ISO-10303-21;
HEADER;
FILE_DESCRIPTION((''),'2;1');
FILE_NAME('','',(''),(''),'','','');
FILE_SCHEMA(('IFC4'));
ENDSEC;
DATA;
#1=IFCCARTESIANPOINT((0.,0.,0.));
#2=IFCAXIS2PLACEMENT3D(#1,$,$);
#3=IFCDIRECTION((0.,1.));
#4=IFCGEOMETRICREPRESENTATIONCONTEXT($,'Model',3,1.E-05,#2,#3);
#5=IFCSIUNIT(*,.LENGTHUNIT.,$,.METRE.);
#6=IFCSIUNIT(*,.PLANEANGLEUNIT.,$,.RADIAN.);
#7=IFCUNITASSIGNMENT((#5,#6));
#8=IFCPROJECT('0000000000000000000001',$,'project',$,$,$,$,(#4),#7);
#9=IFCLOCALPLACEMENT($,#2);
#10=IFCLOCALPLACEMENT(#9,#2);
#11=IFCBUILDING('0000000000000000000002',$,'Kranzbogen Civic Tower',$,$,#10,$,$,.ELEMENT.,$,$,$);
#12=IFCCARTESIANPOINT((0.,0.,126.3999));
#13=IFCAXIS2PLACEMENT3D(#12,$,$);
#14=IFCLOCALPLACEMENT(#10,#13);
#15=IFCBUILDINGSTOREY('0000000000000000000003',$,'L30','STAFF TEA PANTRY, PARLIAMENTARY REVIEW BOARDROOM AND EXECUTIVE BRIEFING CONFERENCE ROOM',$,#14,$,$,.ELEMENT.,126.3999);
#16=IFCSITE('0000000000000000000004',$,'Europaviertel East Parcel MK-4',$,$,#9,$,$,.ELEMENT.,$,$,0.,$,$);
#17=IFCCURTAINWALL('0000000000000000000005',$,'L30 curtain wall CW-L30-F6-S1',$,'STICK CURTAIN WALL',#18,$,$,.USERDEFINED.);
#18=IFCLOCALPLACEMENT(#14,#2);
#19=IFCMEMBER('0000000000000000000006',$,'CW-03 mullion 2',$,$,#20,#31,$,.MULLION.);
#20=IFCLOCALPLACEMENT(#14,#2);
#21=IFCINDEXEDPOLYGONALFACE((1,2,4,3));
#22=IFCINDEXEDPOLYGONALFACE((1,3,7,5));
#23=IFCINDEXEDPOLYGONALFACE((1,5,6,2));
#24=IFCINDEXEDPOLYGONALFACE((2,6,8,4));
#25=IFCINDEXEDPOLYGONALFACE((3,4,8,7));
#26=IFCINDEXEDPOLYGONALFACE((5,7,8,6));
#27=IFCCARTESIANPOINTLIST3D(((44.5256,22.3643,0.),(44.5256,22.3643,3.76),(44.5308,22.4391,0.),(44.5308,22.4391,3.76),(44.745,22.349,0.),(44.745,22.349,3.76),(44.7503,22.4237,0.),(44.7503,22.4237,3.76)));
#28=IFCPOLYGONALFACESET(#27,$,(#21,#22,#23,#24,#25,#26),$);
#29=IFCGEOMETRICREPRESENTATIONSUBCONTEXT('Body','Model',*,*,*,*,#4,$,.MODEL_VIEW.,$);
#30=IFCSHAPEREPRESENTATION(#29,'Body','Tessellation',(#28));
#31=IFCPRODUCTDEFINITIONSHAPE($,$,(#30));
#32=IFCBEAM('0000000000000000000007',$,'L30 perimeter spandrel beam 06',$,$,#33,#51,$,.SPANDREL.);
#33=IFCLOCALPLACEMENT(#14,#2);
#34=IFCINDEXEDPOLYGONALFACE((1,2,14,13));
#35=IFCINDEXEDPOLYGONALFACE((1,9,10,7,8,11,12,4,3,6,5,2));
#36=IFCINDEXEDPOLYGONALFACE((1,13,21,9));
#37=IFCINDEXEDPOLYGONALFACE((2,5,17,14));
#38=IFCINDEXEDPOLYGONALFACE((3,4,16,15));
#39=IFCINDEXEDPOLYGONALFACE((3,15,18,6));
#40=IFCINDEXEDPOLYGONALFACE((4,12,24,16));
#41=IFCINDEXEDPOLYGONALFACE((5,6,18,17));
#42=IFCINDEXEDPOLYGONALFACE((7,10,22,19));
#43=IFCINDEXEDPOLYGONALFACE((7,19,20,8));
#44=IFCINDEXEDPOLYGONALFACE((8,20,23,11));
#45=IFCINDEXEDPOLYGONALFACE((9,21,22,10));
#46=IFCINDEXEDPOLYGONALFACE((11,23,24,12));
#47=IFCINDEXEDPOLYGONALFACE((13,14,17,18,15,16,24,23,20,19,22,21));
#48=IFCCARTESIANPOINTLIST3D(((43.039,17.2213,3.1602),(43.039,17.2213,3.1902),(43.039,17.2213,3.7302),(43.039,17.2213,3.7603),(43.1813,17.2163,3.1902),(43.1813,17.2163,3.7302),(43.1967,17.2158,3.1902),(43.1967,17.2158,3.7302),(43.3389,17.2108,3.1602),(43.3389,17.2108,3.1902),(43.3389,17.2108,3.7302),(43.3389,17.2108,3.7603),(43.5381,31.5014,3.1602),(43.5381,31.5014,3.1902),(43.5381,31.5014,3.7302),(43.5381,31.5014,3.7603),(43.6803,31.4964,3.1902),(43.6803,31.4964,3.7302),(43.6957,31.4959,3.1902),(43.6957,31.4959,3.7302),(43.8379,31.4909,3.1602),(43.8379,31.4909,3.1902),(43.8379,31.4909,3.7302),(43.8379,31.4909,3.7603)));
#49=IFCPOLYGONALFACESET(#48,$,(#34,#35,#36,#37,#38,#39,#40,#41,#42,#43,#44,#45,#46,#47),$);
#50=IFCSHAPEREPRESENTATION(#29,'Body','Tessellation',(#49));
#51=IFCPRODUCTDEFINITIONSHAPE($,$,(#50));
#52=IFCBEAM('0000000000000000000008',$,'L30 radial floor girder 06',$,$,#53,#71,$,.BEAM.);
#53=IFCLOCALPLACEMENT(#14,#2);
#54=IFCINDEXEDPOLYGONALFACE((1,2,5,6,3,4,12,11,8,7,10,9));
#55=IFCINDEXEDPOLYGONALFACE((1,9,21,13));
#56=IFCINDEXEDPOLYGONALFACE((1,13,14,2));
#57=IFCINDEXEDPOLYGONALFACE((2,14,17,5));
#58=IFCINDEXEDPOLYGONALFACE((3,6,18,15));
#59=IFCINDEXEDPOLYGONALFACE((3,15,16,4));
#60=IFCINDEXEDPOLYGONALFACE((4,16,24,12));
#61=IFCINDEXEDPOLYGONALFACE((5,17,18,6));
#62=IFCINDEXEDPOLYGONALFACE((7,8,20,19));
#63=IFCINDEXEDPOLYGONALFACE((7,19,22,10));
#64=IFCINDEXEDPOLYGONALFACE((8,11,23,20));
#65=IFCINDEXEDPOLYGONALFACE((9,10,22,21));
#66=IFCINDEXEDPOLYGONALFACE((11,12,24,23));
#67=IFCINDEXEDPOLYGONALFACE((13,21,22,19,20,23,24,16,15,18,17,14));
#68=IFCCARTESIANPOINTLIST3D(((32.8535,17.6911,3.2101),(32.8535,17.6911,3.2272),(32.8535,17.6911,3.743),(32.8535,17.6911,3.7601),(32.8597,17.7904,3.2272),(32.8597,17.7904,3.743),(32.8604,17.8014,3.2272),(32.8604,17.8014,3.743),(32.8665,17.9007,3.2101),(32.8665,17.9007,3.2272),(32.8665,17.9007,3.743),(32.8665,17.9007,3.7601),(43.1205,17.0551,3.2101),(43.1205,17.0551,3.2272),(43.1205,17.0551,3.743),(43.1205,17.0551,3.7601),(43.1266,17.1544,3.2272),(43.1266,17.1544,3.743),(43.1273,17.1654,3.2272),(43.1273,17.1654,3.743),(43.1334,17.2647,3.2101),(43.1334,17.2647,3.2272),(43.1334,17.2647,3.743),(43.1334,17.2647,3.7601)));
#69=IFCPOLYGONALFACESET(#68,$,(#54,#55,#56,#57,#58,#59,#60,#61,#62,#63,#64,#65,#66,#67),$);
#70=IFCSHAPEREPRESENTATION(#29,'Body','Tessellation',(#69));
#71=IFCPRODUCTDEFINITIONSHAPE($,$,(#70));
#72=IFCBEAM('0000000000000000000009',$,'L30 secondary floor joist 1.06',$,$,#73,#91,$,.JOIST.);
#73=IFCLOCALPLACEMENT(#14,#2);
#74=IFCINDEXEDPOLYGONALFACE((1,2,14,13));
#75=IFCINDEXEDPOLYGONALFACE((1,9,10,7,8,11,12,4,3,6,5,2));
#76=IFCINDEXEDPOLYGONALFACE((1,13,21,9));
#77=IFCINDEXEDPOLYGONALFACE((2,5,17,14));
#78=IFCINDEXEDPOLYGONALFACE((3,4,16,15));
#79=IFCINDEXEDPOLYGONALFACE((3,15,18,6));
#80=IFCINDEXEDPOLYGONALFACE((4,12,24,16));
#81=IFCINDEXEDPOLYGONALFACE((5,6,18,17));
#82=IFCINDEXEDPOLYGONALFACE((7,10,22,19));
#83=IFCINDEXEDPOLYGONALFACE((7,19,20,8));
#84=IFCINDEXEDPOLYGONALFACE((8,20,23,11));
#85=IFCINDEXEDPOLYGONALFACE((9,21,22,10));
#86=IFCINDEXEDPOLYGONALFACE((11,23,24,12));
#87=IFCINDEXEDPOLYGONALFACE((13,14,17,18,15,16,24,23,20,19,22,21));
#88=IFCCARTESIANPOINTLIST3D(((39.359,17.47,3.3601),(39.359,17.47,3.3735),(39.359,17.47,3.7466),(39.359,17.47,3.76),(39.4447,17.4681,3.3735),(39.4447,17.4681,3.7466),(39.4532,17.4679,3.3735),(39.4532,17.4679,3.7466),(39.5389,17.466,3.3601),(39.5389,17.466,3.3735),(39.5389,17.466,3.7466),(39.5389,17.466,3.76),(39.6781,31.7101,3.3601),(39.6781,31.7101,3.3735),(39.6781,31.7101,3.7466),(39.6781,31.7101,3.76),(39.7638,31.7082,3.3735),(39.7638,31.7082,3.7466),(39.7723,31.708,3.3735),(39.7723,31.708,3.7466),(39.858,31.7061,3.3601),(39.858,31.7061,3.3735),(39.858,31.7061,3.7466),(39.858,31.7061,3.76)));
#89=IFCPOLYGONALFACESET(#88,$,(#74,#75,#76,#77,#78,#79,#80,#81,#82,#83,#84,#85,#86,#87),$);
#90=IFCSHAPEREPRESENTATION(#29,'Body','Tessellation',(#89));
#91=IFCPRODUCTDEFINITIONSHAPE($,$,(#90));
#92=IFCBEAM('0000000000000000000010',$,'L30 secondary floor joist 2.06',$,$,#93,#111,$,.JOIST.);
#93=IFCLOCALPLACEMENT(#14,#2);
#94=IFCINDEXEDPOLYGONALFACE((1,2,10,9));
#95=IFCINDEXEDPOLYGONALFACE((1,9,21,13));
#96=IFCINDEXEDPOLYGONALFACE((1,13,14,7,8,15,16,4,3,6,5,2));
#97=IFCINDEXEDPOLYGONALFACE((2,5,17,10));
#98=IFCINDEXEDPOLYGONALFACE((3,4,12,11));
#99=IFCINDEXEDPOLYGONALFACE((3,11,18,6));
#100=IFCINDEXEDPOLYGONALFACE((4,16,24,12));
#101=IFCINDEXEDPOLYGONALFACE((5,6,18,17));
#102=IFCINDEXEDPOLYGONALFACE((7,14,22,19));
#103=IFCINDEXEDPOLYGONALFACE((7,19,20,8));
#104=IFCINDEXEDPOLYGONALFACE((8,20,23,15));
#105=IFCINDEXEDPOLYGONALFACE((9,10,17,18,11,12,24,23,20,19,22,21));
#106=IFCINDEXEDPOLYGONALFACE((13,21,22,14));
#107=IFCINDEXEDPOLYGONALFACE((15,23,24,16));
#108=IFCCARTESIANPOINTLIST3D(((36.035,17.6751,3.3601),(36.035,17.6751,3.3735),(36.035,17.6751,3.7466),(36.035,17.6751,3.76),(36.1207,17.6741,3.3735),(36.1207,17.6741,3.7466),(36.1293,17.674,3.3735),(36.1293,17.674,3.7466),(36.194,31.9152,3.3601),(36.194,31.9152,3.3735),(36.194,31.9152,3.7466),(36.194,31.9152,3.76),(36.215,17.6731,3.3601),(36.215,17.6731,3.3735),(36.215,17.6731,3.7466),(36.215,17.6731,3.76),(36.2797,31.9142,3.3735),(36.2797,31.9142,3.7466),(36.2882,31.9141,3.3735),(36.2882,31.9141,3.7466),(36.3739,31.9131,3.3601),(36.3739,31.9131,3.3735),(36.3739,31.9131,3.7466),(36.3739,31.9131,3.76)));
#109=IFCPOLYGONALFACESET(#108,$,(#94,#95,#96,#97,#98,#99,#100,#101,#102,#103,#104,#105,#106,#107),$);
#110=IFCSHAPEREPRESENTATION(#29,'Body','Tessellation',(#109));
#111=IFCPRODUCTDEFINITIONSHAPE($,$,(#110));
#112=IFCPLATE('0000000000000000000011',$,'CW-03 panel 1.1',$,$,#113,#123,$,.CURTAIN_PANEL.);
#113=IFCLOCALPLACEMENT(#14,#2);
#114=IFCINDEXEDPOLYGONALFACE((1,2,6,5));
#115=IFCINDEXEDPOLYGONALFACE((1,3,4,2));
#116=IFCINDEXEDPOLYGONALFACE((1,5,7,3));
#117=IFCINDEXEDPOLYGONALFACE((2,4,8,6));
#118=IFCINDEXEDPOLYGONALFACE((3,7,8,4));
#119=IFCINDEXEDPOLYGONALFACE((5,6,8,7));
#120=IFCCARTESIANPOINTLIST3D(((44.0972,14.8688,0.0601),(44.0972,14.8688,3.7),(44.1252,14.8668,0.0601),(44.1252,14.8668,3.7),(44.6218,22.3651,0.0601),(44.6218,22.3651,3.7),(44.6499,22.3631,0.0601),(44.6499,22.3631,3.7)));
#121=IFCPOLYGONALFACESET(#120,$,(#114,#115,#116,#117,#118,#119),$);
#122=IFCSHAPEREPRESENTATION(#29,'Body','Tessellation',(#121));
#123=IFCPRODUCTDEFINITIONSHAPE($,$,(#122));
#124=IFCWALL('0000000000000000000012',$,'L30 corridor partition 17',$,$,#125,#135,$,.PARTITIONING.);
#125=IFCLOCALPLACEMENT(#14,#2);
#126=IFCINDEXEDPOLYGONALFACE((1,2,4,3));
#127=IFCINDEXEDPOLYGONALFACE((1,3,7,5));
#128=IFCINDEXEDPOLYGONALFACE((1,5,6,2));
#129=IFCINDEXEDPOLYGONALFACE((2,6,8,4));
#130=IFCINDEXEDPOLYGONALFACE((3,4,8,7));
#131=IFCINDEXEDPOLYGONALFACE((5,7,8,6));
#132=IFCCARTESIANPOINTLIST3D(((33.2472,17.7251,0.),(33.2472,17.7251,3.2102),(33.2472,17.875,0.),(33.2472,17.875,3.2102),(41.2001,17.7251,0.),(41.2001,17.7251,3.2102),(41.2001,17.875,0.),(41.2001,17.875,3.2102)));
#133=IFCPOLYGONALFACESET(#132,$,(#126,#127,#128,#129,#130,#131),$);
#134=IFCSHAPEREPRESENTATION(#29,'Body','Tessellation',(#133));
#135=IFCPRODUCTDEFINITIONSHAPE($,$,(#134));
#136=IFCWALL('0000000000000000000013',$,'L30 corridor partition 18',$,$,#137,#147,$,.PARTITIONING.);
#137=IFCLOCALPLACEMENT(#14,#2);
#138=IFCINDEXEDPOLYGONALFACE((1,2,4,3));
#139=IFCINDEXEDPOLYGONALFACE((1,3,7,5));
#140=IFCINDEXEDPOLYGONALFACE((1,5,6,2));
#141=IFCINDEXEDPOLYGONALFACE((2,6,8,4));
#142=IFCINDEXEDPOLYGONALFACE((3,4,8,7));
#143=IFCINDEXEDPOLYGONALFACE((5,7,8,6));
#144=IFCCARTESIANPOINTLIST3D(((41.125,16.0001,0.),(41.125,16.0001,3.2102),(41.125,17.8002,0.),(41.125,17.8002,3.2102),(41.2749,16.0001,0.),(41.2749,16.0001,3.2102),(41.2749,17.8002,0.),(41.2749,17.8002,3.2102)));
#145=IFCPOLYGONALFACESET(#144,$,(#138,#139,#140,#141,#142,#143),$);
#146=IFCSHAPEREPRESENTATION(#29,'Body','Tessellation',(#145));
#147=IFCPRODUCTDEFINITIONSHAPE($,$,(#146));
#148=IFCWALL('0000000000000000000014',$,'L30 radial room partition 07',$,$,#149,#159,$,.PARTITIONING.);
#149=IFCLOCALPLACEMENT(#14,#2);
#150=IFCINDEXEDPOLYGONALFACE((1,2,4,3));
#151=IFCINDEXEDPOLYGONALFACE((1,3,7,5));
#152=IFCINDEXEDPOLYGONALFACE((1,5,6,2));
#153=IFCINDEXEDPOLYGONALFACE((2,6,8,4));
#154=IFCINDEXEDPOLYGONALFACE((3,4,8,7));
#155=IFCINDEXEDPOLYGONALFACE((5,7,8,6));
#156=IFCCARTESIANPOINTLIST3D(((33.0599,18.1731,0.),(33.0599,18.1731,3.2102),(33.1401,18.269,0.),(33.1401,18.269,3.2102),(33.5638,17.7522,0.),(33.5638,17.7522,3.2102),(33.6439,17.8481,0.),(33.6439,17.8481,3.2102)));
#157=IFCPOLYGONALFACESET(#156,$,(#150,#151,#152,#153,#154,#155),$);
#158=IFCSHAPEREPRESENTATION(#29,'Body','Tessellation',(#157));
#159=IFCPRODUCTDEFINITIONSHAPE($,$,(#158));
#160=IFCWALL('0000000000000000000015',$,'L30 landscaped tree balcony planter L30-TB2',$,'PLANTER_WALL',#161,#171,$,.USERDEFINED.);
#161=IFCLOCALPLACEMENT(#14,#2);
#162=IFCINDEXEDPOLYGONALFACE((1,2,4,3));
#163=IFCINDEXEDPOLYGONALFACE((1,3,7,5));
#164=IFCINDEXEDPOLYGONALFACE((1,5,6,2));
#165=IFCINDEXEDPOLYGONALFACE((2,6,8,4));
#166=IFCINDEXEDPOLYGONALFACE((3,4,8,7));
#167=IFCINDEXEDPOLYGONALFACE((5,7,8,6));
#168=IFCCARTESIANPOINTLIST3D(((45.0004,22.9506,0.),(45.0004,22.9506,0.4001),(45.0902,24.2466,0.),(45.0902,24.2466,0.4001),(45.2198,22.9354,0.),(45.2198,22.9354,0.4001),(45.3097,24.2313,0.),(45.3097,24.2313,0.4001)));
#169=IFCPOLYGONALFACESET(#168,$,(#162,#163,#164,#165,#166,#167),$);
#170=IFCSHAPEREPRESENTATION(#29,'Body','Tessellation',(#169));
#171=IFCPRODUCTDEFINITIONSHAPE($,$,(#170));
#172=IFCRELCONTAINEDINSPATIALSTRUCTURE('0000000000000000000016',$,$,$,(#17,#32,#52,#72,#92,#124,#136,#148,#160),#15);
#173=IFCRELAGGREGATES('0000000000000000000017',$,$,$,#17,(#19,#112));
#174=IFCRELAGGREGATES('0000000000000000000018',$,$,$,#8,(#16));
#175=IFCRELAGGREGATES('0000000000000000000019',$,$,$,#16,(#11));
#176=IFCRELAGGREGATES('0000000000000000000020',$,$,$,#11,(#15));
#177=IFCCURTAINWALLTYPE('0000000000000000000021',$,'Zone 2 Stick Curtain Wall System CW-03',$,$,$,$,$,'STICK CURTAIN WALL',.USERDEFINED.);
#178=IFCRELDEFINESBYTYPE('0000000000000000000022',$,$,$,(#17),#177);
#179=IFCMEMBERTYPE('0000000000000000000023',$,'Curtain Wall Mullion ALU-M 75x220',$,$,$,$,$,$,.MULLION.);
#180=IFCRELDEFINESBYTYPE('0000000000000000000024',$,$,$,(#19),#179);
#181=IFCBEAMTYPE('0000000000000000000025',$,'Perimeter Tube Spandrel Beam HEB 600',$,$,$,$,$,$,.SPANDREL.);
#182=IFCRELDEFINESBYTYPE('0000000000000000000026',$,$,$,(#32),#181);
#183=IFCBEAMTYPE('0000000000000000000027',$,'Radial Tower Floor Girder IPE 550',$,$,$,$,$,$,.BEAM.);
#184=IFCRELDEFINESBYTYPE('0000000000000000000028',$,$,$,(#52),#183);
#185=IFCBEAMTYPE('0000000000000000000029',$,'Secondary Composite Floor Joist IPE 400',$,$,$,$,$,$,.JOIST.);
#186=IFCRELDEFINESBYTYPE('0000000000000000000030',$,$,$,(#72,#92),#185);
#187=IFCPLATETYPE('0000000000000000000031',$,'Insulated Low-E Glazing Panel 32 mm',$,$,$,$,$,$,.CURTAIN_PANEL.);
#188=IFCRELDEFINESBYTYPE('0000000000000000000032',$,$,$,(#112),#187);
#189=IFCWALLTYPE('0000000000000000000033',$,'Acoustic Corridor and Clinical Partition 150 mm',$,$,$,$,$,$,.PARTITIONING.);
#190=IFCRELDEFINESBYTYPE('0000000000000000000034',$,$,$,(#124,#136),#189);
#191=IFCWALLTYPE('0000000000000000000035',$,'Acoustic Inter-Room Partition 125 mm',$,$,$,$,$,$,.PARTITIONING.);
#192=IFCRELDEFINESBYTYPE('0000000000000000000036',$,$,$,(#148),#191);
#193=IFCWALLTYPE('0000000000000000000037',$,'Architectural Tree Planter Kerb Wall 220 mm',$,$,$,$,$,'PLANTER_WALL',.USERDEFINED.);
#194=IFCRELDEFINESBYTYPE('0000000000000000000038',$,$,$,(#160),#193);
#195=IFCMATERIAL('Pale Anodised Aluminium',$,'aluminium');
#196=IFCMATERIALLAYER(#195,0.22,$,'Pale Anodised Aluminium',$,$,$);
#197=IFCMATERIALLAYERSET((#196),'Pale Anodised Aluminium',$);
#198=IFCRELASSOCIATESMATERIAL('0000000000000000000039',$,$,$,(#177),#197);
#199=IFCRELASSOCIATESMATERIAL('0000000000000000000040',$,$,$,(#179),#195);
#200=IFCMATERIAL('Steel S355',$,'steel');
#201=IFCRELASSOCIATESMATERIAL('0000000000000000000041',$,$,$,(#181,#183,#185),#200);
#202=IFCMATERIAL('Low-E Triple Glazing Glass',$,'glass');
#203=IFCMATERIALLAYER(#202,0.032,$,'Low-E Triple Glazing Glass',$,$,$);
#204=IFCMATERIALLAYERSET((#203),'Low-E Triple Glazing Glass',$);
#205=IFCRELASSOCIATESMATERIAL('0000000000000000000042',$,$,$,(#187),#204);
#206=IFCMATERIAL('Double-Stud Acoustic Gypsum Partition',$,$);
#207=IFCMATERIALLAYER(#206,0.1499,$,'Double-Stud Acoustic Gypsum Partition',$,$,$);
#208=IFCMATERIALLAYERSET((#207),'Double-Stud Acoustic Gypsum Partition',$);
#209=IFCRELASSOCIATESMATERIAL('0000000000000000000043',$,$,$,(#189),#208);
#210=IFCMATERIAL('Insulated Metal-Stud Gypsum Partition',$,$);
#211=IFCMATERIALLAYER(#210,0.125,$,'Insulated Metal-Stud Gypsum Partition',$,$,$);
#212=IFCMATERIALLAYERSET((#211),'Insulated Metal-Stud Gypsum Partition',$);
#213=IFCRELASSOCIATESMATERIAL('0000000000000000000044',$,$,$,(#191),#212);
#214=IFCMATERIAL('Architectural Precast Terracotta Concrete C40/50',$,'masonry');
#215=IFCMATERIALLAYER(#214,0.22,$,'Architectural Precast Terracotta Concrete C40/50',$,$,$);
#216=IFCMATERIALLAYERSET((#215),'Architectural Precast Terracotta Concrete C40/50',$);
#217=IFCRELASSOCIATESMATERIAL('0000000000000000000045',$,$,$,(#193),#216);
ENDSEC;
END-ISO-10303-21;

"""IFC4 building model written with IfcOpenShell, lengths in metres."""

from ifc_helpers import new_model, si_unit, direction, frame, frame_2d, origin, origin_2d, place, context, subcontext, project, spatial, rectangle, i_section, extrude, material, layer, layer_set, material_profile, profile_set, type_object, element, aggregate, save


model = new_model("IFC4")

# Units and contexts
model_context = context("Model", 3, precision=1e-05, world=origin(), true_north=direction((0.0, 1.0)))
body_context = subcontext(model_context, "Body", "Model", "MODEL_VIEW")
ifc_project = project(units=[si_unit("LENGTHUNIT", "METRE"), si_unit("PLANEANGLEUNIT", "RADIAN")], contexts=[model_context])

# Site, building, storey
site_placement = place(None, origin())
site = spatial("IfcSite", under=ifc_project, at=site_placement, Name="Europaviertel East Parcel MK-4", CompositionType="ELEMENT", RefElevation=0.0)
building_placement = place(site_placement, origin())
building = spatial("IfcBuilding", under=site, at=building_placement, Name="Kranzbogen Civic Tower", CompositionType="ELEMENT")
storey_placement = place(building_placement, frame((0.0, 0.0, 126.3999)))
storey = spatial("IfcBuildingStorey", under=building, at=storey_placement, Name="L30", Description="STAFF TEA PANTRY, PARLIAMENTARY REVIEW BOARDROOM AND EXECUTIVE BRIEFING CONFERENCE ROOM", CompositionType="ELEMENT", Elevation=126.3999)

# Curtain wall, member
ifc_material_1 = material(Name="Pale Anodised Aluminium", Category="aluminium")
ifc_layer_1 = layer(ifc_material_1, 0.22, Name="Pale Anodised Aluminium")
ifc_layer_set_1 = layer_set([ifc_layer_1], Name="Pale Anodised Aluminium")
curtain_wall_type = type_object("IfcCurtainWallType", Name="Zone 2 Stick Curtain Wall System CW-03", ElementType="STICK CURTAIN WALL", PredefinedType="USERDEFINED", material=ifc_layer_set_1)
curtain_wall_placement = place(storey_placement, origin())
curtain_wall = element("IfcCurtainWall", 1, at=curtain_wall_placement, inside=storey, type_object=curtain_wall_type, Name="L30 curtain wall CW-L30-F6-S1", ObjectType="STICK CURTAIN WALL", PredefinedType="USERDEFINED")
ifc_material_profile_1 = material_profile(ifc_material_1, rectangle(XDim=0.075, YDim=0.22, at=origin_2d()), Name="ALU-M 75x220")
ifc_profile_set_1 = profile_set([ifc_material_profile_1], Name="Pale Anodised Aluminium")
member_type = type_object("IfcMemberType", Name="Curtain Wall Mullion ALU-M 75x220", PredefinedType="MULLION", material=ifc_profile_set_1)
member_placement = place(storey_placement, frame((44.6379, 22.394, 0.0), z_axis=(0.0, 0.0, 1.0), x_axis=(0.069813, 0.99756, 0.0)))
member = element("IfcMember", 2, at=member_placement, type_object=member_type, Name="CW-03 mullion 2", PredefinedType="MULLION", context=body_context, shape_type="SweptSolid", body=[
    extrude(rectangle(XDim=0.075, YDim=0.22, at=origin_2d()), origin(), (0.0, 0.0, 1.0), 3.76),
])

# Beams
ifc_material_2 = material(Name="Steel S355", Category="steel")
ifc_material_profile_2 = material_profile(ifc_material_2, i_section(OverallWidth=0.3, OverallDepth=0.6001, WebThickness=0.0154, FlangeThickness=0.03, at=origin_2d()), Name="HEB 600")
ifc_profile_set_2 = profile_set([ifc_material_profile_2], Name="Steel S355")
beam_type_1 = type_object("IfcBeamType", Name="Perimeter Tube Spandrel Beam HEB 600", PredefinedType="SPANDREL", material=ifc_profile_set_2)
beam_1_placement = place(storey_placement, frame((43.189, 17.2161, 3.4602), z_axis=(0.034924, 0.99939, 0.0), x_axis=(-0.99939, 0.034924, 0.0)))
element("IfcBeam", 3, at=beam_1_placement, inside=storey, type_object=beam_type_1, Name="L30 perimeter spandrel beam 06", PredefinedType="SPANDREL", context=body_context, shape_type="SweptSolid", body=[
    extrude(i_section(OverallWidth=0.3, OverallDepth=0.6001, WebThickness=0.0154, FlangeThickness=0.03, at=origin_2d()), origin(), (0.0, 0.0, 1.0), 14.2888),
])
ifc_material_profile_3 = material_profile(ifc_material_2, i_section(OverallWidth=0.21, OverallDepth=0.55, WebThickness=0.011, FlangeThickness=0.0171, at=origin_2d()), Name="IPE 550")
ifc_profile_set_3 = profile_set([ifc_material_profile_3], Name="Steel S355")
beam_type_2 = type_object("IfcBeamType", Name="Radial Tower Floor Girder IPE 550", PredefinedType="BEAM", material=ifc_profile_set_3)
beam_2_placement = place(storey_placement, frame((43.127, 17.1599, 3.4851), z_axis=(-0.998087, 0.061827, 0.0), x_axis=(-0.061827, -0.998087, 0.0)))
element("IfcBeam", 4, at=beam_2_placement, inside=storey, type_object=beam_type_2, Name="L30 radial floor girder 06", PredefinedType="BEAM", context=body_context, shape_type="SweptSolid", body=[
    extrude(i_section(OverallWidth=0.21, OverallDepth=0.55, WebThickness=0.011, FlangeThickness=0.0171, at=origin_2d()), origin(), (0.0, 0.0, 1.0), 10.2866),
])
ifc_material_profile_4 = material_profile(ifc_material_2, i_section(OverallWidth=0.1799, OverallDepth=0.3999, WebThickness=0.0085, FlangeThickness=0.0134, at=origin_2d()), Name="IPE 400")
ifc_profile_set_4 = profile_set([ifc_material_profile_4], Name="Steel S355")
beam_type_3 = type_object("IfcBeamType", Name="Secondary Composite Floor Joist IPE 400", PredefinedType="JOIST", material=ifc_profile_set_4)
beam_3_placement = place(storey_placement, frame((39.449, 17.468, 3.5601), z_axis=(0.022403, 0.999749, 0.0), x_axis=(-0.999749, 0.022403, 0.0)))
element("IfcBeam", 5, at=beam_3_placement, inside=storey, type_object=beam_type_3, Name="L30 secondary floor joist 1.06", PredefinedType="JOIST", context=body_context, shape_type="SweptSolid", body=[
    extrude(i_section(OverallWidth=0.1799, OverallDepth=0.3999, WebThickness=0.0085, FlangeThickness=0.0134, at=origin_2d()), origin(), (0.0, 0.0, 1.0), 14.2437),
])
beam_4_placement = place(storey_placement, frame((36.125, 17.6741, 3.5601), z_axis=(0.011161, 0.999938, 0.0), x_axis=(-0.999938, 0.011161, 0.0)))
element("IfcBeam", 6, at=beam_4_placement, inside=storey, type_object=beam_type_3, Name="L30 secondary floor joist 2.06", PredefinedType="JOIST", context=body_context, shape_type="SweptSolid", body=[
    extrude(i_section(OverallWidth=0.1799, OverallDepth=0.3999, WebThickness=0.0085, FlangeThickness=0.0134, at=origin_2d()), origin(), (0.0, 0.0, 1.0), 14.241),
])

# Plate
ifc_material_3 = material(Name="Low-E Triple Glazing Glass", Category="glass")
ifc_layer_2 = layer(ifc_material_3, 0.032, Name="Low-E Triple Glazing Glass")
ifc_layer_set_2 = layer_set([ifc_layer_2], Name="Low-E Triple Glazing Glass")
plate_type = type_object("IfcPlateType", Name="Insulated Low-E Glazing Panel 32 mm", PredefinedType="CURTAIN_PANEL", material=ifc_layer_set_2)
plate_placement = place(storey_placement, frame((44.3735, 18.616, 0.0601), z_axis=(0.0, 0.0, 1.0), x_axis=(0.069813, 0.99756, 0.0)))
plate = element("IfcPlate", 7, at=plate_placement, type_object=plate_type, Name="CW-03 panel 1.1", PredefinedType="CURTAIN_PANEL", context=body_context, shape_type="SweptSolid", body=[
    extrude(rectangle(XDim=7.5146, YDim=0.0281, at=origin_2d()), origin(), (0.0, 0.0, 1.0), 3.6399),
])
aggregate(curtain_wall, [member, plate])

# Walls
ifc_material_4 = material(Name="Double-Stud Acoustic Gypsum Partition")
ifc_layer_3 = layer(ifc_material_4, 0.1499, Name="Double-Stud Acoustic Gypsum Partition")
ifc_layer_set_3 = layer_set([ifc_layer_3], Name="Double-Stud Acoustic Gypsum Partition")
wall_type_1 = type_object("IfcWallType", Name="Acoustic Corridor and Clinical Partition 150 mm", PredefinedType="PARTITIONING", material=ifc_layer_set_3)
wall_1_placement = place(storey_placement, frame((33.2471, 17.8, 0.0), z_axis=(0.0, 0.0, 1.0), x_axis=(1.0, 0.0, 0.0)))
element("IfcWall", 8, at=wall_1_placement, inside=storey, type_object=wall_type_1, Name="L30 corridor partition 17", PredefinedType="PARTITIONING", context=body_context, shape_type="SweptSolid", body=[
    extrude(rectangle(XDim=7.9529, YDim=0.1499, at=frame_2d((3.9766, 0.0))), origin(), (0.0, 0.0, 1.0), 3.2102),
])
wall_2_placement = place(storey_placement, frame((41.2, 17.8, 0.0), z_axis=(0.0, 0.0, 1.0), x_axis=(0.0, -1.0, 0.0)))
element("IfcWall", 9, at=wall_2_placement, inside=storey, type_object=wall_type_1, Name="L30 corridor partition 18", PredefinedType="PARTITIONING", context=body_context, shape_type="SweptSolid", body=[
    extrude(rectangle(XDim=1.8, YDim=0.1499, at=frame_2d((0.8999, 0.0))), origin(), (0.0, 0.0, 1.0), 3.2102),
])
ifc_material_5 = material(Name="Insulated Metal-Stud Gypsum Partition")
ifc_layer_4 = layer(ifc_material_5, 0.125, Name="Insulated Metal-Stud Gypsum Partition")
ifc_layer_set_4 = layer_set([ifc_layer_4], Name="Insulated Metal-Stud Gypsum Partition")
wall_type_2 = type_object("IfcWallType", Name="Acoustic Inter-Room Partition 125 mm", PredefinedType="PARTITIONING", material=ifc_layer_set_4)
wall_3_placement = place(storey_placement, frame((33.1001, 18.2209, 0.0), z_axis=(0.0, 0.0, 1.0), x_axis=(0.767489, -0.641062, 0.0)))
element("IfcWall", 10, at=wall_3_placement, inside=storey, type_object=wall_type_2, Name="L30 radial room partition 07", PredefinedType="PARTITIONING", context=body_context, shape_type="SweptSolid", body=[
    extrude(rectangle(XDim=0.6565, YDim=0.125, at=frame_2d((0.3281, 0.0))), origin(), (0.0, 0.0, 1.0), 3.2102),
])
ifc_material_6 = material(Name="Architectural Precast Terracotta Concrete C40/50", Category="masonry")
ifc_layer_5 = layer(ifc_material_6, 0.22, Name="Architectural Precast Terracotta Concrete C40/50")
ifc_layer_set_5 = layer_set([ifc_layer_5], Name="Architectural Precast Terracotta Concrete C40/50")
wall_type_3 = type_object("IfcWallType", Name="Architectural Tree Planter Kerb Wall 220 mm", ElementType="PLANTER_WALL", PredefinedType="USERDEFINED", material=ifc_layer_set_5)
wall_4_placement = place(storey_placement, frame((45.1101, 22.9431, 0.0), z_axis=(0.0, 0.0, 1.0), x_axis=(0.069163, 0.997605, 0.0)))
element("IfcWall", 11, at=wall_4_placement, inside=storey, type_object=wall_type_3, Name="L30 landscaped tree balcony planter L30-TB2", ObjectType="PLANTER_WALL", PredefinedType="USERDEFINED", context=body_context, shape_type="SweptSolid", body=[
    extrude(rectangle(XDim=1.2991, YDim=0.22, at=frame_2d((0.6494, 0.0))), origin(), (0.0, 0.0, 1.0), 0.4001),
])

save(model, "model.ifc")
